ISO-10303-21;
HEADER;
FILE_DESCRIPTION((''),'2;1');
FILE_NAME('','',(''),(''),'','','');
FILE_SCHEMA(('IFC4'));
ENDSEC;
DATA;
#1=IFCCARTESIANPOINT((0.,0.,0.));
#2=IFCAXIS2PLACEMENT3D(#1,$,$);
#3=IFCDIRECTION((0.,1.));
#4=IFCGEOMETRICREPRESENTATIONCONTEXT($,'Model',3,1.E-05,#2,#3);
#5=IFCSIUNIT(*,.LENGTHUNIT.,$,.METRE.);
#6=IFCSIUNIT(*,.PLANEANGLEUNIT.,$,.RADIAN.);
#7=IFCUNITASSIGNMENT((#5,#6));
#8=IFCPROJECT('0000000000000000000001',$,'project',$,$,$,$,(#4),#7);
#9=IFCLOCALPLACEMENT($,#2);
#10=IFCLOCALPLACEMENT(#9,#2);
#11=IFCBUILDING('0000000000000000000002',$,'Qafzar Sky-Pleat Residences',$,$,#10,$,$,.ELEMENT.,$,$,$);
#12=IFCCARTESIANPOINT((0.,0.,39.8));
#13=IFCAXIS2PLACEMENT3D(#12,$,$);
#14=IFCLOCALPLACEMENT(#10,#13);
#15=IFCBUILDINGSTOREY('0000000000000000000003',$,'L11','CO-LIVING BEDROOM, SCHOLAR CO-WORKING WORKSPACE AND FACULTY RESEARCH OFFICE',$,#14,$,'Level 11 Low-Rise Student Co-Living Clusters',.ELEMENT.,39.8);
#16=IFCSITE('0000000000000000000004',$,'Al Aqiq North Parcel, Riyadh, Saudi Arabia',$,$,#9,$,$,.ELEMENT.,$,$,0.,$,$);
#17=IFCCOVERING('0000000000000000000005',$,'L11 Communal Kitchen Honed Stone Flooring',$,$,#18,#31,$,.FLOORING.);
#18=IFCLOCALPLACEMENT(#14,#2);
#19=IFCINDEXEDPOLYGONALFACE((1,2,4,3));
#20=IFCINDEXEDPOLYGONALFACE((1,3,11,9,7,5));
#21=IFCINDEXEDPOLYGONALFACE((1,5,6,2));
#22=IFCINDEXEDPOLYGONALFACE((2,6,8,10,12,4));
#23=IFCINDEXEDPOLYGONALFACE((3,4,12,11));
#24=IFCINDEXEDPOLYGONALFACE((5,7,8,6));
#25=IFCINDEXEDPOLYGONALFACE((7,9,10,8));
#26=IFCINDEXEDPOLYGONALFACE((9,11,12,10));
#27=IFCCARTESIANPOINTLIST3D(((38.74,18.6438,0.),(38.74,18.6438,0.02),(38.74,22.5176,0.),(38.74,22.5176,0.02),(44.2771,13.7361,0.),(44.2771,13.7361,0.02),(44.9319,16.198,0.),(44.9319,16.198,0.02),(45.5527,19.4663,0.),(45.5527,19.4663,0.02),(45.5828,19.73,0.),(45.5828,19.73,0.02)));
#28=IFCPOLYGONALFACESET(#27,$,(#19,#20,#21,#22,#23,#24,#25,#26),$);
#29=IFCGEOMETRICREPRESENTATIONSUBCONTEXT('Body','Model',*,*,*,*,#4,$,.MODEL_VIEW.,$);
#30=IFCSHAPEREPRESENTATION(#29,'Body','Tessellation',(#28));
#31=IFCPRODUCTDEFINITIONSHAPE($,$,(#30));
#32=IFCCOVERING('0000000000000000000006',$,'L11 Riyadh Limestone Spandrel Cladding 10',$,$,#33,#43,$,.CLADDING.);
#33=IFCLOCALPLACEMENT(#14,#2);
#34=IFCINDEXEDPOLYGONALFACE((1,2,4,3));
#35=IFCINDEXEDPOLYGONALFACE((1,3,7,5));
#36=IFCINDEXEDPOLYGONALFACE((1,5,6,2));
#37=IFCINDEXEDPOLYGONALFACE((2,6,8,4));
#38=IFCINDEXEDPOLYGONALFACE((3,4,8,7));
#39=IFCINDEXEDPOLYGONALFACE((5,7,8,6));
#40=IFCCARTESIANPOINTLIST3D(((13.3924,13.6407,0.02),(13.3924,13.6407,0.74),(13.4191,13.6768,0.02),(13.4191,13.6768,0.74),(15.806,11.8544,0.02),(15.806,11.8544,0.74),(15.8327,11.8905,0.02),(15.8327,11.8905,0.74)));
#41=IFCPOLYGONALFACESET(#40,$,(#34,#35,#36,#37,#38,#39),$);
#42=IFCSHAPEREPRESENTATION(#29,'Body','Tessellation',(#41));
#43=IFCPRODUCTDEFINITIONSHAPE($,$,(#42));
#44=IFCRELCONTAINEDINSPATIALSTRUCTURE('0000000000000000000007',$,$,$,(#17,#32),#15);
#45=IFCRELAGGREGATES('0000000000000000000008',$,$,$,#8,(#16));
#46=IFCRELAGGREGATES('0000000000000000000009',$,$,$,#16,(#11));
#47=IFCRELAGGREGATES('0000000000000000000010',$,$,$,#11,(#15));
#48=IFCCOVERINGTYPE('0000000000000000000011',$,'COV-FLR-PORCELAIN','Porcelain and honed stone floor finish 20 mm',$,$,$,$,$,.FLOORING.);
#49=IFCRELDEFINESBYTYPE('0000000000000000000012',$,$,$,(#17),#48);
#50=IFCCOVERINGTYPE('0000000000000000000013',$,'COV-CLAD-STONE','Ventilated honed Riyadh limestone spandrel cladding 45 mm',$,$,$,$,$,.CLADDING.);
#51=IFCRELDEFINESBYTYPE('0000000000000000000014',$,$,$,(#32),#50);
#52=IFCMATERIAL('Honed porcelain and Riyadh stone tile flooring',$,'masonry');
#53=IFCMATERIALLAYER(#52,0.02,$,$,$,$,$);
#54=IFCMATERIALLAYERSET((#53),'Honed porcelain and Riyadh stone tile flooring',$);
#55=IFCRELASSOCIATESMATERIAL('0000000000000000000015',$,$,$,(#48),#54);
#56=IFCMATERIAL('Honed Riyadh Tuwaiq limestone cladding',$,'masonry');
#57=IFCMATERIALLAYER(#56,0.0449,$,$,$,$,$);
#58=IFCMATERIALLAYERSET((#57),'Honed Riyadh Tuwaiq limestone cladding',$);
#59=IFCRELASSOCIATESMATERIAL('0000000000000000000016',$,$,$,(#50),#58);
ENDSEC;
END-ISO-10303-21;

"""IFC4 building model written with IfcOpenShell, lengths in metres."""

from ifc_helpers import new_model, si_unit, direction, frame, origin, origin_2d, place, context, subcontext, project, spatial, polyline, rectangle, outline, extrude, source, transform, mapped, material, layer, layer_set, type_object, element, save


model = new_model("IFC4")

# Units and contexts
model_context = context("Model", 3, precision=1e-05, world=origin(), true_north=direction((0.0, 1.0)))
body_context = subcontext(model_context, "Body", "Model", "MODEL_VIEW")
ifc_project = project(units=[si_unit("LENGTHUNIT", "METRE"), si_unit("PLANEANGLEUNIT", "RADIAN")], contexts=[model_context])

# Site, building, storey
site_placement = place(None, origin())
site = spatial("IfcSite", under=ifc_project, at=site_placement, Name="Al Aqiq North Parcel, Riyadh, Saudi Arabia", CompositionType="ELEMENT", RefElevation=0.0)
building_placement = place(site_placement, origin())
building = spatial("IfcBuilding", under=site, at=building_placement, Name="Qafzar Sky-Pleat Residences", CompositionType="ELEMENT")
storey_placement = place(building_placement, frame((0.0, 0.0, 39.8)))
storey = spatial("IfcBuildingStorey", under=building, at=storey_placement, Name="L11", Description="CO-LIVING BEDROOM, SCHOLAR CO-WORKING WORKSPACE AND FACULTY RESEARCH OFFICE", LongName="Level 11 Low-Rise Student Co-Living Clusters", CompositionType="ELEMENT", Elevation=39.8)

# Coverings
ifc_material_1 = material(Name="Honed porcelain and Riyadh stone tile flooring", Category="masonry")
ifc_layer_1 = layer(ifc_material_1, 0.02)
ifc_layer_set_1 = layer_set([ifc_layer_1], Name="Honed porcelain and Riyadh stone tile flooring")
covering_type_1 = type_object("IfcCoveringType", Name="COV-FLR-PORCELAIN", Description="Porcelain and honed stone floor finish 20 mm", PredefinedType="FLOORING", material=ifc_layer_set_1)
covering_1_placement = place(storey_placement, origin())
element("IfcCovering", 1, at=covering_1_placement, inside=storey, type_object=covering_type_1, Name="L11 Communal Kitchen Honed Stone Flooring", PredefinedType="FLOORING", context=body_context, shape_type="SweptSolid", body=[
    extrude(outline(polyline([(45.5527, 19.4663), (44.9319, 16.198), (44.2771, 13.7361), (38.74, 18.6438), (38.74, 22.5176), (45.5828, 19.73), (45.5527, 19.4663)])), origin(), (0.0, 0.0, 1.0), 0.02),
])
ifc_material_2 = material(Name="Honed Riyadh Tuwaiq limestone cladding", Category="masonry")
ifc_layer_2 = layer(ifc_material_2, 0.0449)
ifc_layer_set_2 = layer_set([ifc_layer_2], Name="Honed Riyadh Tuwaiq limestone cladding")
covering_type_2 = type_object("IfcCoveringType", Name="COV-CLAD-STONE", Description="Ventilated honed Riyadh limestone spandrel cladding 45 mm", PredefinedType="CLADDING", material=ifc_layer_set_2)
shared_shape_1 = source(origin(), body_context, "Body", "SweptSolid", [
    extrude(rectangle(XDim=3.0027, YDim=0.0449, at=origin_2d()), origin(), (0.0, 0.0, 1.0), 0.72),
])
covering_2_placement = place(storey_placement, frame((14.6125, 12.7656, 0.02), z_axis=(0.0, 0.0, 1.0), x_axis=(0.803807, -0.59489, 0.0)))
element("IfcCovering", 2, at=covering_2_placement, inside=storey, type_object=covering_type_2, Name="L11 Riyadh Limestone Spandrel Cladding 10", PredefinedType="CLADDING", context=body_context, shape_type="MappedRepresentation", body=[
    mapped(shared_shape_1, transform((0.0, 0.0, 0.0), x_axis=(1.0, 0.0, 0.0), y_axis=(0.0, 1.0, 0.0), z_axis=(0.0, 0.0, 1.0), scale=1.0)),
])

save(model, "model.ifc")
